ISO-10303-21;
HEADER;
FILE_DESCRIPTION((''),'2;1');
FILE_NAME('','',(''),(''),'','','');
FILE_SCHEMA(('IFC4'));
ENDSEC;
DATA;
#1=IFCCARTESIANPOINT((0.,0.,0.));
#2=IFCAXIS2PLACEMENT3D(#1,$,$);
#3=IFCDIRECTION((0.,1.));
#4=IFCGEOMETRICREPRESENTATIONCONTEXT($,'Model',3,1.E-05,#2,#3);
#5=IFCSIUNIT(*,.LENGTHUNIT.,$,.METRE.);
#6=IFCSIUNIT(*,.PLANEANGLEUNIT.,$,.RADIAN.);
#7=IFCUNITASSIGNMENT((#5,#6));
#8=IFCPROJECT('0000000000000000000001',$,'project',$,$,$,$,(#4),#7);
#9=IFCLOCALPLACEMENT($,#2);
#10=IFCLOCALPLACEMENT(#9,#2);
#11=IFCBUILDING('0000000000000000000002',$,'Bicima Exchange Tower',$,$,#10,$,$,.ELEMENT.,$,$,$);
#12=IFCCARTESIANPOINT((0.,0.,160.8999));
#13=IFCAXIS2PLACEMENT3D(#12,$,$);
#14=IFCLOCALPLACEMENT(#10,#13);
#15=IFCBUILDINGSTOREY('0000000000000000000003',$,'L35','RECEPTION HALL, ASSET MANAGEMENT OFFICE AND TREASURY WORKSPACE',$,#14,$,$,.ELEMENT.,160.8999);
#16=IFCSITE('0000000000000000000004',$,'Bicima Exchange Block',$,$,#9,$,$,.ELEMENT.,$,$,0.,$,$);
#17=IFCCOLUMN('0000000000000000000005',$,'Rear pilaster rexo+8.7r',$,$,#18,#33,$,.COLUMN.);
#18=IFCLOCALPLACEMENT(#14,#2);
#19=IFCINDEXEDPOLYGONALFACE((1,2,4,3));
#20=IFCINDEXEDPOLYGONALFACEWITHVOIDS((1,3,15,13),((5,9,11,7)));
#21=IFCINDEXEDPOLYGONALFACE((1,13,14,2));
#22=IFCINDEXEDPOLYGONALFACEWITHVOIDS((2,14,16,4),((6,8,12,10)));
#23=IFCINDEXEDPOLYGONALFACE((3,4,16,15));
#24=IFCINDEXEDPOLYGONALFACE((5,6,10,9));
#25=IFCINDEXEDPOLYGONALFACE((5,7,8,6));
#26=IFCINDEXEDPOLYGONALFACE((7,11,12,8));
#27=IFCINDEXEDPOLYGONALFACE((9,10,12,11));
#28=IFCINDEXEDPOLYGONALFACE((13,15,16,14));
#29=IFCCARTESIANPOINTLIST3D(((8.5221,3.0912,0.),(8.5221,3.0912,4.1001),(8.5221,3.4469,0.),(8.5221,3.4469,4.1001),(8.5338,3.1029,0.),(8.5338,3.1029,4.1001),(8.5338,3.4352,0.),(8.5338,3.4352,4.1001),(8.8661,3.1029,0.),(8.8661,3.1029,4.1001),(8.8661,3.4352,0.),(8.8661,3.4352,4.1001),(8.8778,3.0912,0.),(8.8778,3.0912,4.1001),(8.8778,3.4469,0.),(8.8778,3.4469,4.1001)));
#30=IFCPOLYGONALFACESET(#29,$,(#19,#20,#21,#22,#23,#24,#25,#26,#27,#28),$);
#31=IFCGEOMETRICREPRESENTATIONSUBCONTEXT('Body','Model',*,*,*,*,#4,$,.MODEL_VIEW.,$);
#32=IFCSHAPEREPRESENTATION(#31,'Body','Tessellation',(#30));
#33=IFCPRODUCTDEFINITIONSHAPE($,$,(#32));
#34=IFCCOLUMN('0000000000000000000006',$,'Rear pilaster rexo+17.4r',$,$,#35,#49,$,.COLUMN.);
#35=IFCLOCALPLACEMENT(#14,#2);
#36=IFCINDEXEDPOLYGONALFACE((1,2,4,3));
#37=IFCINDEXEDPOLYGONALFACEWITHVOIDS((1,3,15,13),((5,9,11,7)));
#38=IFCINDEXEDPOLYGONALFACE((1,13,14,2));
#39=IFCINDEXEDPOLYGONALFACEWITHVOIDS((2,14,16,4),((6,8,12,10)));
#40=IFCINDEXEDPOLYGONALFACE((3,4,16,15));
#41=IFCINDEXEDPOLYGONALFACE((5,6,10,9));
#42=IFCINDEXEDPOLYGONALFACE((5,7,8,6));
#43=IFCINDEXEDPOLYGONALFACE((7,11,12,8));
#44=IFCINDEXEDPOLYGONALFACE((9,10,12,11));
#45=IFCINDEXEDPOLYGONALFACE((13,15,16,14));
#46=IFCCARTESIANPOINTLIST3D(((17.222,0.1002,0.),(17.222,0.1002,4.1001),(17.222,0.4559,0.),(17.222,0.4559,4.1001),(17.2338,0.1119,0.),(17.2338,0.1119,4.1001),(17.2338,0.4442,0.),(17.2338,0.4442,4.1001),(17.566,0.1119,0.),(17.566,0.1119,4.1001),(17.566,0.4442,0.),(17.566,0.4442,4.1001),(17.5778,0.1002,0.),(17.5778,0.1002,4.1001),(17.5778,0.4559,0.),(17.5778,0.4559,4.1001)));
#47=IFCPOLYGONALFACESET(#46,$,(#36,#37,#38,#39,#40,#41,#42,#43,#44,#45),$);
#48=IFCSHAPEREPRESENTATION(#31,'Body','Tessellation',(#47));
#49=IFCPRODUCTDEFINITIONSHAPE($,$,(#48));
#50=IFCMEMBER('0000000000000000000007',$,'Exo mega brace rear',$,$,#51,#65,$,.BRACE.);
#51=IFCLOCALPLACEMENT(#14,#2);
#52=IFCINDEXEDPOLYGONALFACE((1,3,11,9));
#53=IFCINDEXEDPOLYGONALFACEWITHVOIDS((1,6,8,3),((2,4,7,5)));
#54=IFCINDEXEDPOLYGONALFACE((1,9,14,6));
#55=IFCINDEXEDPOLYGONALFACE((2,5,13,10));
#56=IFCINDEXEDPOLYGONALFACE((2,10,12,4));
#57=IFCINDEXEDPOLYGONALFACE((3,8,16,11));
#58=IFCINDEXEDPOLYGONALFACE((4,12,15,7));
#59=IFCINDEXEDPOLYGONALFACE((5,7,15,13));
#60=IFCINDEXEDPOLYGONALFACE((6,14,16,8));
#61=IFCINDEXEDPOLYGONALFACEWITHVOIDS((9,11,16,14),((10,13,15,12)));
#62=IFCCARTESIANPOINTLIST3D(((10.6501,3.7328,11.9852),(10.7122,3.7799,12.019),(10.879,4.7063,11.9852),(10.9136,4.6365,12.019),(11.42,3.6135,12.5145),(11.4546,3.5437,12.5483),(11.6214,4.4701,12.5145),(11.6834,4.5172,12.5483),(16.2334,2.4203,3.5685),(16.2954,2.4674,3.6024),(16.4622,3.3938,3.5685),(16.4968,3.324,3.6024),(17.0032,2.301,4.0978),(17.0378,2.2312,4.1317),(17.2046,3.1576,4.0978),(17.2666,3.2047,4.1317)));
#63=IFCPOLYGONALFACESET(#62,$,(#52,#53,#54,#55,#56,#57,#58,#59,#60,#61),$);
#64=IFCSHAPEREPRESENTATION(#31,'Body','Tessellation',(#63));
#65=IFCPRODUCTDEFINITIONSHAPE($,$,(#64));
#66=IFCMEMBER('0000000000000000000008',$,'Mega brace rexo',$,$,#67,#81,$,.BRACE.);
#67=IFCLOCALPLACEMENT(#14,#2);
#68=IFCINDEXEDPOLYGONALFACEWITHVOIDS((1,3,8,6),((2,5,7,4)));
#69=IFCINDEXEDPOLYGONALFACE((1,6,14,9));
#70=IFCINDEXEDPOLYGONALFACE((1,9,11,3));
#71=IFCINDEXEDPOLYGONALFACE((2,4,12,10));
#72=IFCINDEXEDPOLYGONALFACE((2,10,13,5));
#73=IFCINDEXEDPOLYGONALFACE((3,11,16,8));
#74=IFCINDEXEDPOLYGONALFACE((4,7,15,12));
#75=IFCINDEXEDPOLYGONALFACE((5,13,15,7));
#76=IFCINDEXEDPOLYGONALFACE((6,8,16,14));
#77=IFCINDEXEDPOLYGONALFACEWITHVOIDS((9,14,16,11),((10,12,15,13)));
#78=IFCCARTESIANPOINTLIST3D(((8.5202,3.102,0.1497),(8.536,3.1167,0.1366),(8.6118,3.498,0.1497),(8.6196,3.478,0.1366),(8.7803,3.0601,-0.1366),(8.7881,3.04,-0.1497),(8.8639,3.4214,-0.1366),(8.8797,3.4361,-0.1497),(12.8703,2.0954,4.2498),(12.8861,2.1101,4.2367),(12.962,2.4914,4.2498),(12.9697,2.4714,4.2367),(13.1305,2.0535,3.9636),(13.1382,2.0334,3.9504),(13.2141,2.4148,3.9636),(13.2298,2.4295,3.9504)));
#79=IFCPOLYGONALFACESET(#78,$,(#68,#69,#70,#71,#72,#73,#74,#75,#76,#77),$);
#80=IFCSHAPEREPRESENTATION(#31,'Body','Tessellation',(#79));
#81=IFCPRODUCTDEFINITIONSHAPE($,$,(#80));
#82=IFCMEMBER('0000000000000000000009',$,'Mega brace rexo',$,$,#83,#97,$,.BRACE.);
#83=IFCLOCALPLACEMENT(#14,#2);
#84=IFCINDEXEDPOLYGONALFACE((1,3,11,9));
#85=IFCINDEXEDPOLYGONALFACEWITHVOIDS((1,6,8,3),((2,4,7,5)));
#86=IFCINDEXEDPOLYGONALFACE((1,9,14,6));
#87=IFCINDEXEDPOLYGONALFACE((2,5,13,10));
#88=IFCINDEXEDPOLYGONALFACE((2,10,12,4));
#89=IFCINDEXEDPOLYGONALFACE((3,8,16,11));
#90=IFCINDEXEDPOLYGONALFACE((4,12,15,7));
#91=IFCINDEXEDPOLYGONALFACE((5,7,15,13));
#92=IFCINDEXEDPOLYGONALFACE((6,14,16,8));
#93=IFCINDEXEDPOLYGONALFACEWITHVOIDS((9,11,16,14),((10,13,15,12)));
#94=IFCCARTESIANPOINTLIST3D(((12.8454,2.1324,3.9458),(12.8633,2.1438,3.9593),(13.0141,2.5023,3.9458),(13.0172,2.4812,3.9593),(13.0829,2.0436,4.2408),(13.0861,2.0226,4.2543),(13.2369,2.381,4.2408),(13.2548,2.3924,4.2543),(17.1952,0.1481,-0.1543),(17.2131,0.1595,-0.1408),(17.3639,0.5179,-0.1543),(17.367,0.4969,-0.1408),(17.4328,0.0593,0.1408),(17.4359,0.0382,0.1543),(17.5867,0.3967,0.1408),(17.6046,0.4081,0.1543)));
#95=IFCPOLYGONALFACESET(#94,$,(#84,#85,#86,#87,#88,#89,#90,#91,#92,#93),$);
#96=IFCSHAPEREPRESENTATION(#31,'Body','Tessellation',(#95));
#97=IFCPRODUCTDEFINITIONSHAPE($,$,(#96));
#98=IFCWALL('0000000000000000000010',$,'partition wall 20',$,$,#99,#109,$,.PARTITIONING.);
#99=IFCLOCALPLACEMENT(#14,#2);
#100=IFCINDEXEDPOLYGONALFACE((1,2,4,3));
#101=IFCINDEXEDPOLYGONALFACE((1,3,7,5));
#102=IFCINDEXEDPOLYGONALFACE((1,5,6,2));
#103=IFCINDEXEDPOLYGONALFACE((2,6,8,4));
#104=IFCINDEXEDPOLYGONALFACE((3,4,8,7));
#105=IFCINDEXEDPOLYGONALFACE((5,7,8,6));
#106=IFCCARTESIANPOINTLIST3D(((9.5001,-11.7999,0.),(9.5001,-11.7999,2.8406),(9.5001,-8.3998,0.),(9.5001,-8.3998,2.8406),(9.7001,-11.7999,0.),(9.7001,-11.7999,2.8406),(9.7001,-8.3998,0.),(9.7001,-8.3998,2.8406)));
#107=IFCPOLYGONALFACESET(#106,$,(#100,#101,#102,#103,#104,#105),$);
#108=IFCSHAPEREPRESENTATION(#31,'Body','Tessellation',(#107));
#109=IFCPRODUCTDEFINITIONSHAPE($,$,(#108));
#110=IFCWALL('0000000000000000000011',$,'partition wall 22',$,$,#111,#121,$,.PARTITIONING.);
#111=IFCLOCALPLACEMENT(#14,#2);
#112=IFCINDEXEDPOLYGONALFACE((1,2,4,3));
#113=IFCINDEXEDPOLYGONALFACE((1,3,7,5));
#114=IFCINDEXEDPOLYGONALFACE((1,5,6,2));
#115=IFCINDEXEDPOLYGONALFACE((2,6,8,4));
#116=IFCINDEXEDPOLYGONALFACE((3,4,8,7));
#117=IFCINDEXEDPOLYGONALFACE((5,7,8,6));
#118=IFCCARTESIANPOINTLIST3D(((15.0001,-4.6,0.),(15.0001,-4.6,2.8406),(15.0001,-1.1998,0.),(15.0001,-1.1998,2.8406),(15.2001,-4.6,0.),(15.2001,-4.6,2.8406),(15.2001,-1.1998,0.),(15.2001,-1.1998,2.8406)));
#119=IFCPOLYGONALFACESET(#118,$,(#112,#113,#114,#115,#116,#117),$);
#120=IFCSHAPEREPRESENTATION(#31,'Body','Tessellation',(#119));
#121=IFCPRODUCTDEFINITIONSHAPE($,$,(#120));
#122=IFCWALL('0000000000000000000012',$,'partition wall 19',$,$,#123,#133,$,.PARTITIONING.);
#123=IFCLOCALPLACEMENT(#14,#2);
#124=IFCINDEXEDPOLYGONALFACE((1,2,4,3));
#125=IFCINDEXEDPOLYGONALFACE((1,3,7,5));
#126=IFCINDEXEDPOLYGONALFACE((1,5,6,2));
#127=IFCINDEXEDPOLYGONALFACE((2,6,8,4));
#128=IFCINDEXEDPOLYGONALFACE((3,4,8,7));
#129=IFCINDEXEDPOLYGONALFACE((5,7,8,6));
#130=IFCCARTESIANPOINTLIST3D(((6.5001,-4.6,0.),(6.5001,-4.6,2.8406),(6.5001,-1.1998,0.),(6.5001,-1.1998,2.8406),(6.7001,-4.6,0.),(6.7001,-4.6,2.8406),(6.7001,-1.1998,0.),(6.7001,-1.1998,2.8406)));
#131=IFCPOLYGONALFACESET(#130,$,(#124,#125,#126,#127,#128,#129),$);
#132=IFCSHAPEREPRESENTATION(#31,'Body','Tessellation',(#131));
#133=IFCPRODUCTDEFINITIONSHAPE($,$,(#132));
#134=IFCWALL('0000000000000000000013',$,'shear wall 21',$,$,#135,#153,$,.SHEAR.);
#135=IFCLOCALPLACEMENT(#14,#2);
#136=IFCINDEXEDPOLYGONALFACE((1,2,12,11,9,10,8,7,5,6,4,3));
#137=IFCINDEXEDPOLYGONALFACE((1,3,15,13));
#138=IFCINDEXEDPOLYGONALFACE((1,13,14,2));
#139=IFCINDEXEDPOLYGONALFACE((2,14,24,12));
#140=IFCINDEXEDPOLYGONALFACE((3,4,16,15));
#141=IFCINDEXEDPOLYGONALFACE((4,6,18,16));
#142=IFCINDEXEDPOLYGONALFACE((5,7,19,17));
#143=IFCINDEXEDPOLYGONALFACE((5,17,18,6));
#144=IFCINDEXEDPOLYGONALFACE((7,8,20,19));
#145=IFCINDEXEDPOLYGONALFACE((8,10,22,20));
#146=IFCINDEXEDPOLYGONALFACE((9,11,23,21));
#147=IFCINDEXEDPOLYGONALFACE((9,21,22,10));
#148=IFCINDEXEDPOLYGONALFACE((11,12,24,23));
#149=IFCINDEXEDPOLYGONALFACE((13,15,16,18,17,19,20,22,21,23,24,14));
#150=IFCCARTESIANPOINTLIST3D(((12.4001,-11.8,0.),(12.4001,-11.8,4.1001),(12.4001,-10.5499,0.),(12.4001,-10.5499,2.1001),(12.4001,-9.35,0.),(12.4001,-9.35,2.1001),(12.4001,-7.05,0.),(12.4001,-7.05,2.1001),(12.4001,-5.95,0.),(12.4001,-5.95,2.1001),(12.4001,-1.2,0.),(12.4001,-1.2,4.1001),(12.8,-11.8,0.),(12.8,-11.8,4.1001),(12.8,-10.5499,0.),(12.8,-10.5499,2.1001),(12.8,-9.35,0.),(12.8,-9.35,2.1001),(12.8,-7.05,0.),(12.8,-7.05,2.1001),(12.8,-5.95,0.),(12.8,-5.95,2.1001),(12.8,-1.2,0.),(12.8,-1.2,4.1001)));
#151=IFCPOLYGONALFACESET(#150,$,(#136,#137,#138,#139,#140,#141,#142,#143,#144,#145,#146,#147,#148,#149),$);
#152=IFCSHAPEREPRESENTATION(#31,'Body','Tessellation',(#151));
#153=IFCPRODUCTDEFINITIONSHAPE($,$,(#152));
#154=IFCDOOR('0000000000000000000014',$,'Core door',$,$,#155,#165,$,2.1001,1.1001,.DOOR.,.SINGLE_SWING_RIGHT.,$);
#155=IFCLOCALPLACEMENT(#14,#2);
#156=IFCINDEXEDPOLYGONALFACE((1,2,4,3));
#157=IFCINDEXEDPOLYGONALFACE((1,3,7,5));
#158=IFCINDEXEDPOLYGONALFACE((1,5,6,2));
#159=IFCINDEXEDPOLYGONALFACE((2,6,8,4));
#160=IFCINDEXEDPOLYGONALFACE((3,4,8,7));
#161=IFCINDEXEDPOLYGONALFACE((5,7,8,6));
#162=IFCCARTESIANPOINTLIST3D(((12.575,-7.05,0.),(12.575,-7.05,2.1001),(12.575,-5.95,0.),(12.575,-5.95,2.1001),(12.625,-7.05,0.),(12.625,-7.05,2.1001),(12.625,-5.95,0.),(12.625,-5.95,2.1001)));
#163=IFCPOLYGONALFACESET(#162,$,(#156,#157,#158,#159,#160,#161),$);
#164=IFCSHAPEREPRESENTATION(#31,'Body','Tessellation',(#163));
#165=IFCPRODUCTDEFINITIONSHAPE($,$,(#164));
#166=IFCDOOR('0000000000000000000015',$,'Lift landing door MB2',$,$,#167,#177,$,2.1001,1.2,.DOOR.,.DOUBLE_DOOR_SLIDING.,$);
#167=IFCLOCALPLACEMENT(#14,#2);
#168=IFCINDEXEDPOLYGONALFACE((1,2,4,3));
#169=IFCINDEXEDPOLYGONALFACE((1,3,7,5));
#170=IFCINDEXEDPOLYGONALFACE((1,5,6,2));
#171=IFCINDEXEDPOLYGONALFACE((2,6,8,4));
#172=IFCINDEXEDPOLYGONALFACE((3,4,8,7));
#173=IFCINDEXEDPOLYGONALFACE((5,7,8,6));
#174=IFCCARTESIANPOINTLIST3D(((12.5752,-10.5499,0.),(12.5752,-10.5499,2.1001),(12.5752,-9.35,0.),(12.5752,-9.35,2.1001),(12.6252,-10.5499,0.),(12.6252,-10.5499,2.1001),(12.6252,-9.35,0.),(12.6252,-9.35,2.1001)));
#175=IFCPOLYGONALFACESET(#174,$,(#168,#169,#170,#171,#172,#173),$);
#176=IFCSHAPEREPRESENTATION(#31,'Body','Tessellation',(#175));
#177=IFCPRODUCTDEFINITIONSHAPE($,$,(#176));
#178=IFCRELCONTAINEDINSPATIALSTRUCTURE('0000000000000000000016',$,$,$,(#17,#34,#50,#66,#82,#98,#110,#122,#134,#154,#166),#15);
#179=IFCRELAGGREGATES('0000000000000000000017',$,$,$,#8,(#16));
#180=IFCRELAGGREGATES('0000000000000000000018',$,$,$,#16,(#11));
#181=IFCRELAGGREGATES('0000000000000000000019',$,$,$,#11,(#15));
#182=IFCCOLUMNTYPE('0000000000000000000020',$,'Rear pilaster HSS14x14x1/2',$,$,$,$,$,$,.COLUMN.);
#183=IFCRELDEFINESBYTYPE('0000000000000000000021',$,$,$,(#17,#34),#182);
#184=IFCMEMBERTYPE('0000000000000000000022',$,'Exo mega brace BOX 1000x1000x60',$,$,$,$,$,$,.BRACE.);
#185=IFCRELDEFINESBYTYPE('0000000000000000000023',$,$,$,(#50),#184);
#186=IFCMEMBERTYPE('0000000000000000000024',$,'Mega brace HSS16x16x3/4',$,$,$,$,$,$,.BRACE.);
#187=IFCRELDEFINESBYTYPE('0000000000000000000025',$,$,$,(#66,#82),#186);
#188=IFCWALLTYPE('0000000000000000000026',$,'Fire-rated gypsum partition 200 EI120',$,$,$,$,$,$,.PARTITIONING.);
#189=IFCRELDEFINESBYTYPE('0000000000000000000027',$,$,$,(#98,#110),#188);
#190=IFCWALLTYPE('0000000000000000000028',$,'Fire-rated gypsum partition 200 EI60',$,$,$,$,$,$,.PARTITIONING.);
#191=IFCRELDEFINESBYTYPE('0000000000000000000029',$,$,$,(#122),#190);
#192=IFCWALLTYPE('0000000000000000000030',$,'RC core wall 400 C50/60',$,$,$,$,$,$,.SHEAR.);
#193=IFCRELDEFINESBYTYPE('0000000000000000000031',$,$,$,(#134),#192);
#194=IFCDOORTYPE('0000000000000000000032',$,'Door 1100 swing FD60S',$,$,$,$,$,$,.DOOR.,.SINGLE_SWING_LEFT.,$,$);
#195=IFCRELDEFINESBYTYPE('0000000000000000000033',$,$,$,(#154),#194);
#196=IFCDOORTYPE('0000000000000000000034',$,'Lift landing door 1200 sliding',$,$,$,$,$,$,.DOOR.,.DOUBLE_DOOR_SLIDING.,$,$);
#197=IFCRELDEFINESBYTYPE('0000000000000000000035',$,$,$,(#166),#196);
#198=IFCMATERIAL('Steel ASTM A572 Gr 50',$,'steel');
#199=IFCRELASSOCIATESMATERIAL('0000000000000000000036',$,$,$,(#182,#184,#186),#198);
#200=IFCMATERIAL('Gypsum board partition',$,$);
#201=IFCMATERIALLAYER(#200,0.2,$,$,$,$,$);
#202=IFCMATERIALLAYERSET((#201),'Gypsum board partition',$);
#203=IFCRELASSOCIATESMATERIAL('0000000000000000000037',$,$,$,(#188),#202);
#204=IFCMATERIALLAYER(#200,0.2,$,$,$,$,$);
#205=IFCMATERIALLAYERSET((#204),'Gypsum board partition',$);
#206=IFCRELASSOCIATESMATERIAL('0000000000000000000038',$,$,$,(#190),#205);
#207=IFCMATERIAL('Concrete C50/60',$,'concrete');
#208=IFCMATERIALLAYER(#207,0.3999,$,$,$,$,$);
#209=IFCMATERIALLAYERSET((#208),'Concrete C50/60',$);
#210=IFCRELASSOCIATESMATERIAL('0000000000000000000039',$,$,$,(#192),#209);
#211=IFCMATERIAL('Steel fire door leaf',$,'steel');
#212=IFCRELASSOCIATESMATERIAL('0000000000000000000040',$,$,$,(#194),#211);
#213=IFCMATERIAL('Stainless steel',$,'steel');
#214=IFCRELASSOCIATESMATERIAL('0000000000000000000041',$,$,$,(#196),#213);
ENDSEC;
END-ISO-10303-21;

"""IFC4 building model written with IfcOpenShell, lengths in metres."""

from ifc_helpers import new_model, si_unit, direction, frame, frame_2d, origin, origin_2d, place, context, subcontext, project, spatial, rectangle, hollow_rectangle, extrude, material, layer, layer_set, material_profile, profile_set, type_object, element, fill, save


model = new_model("IFC4")

# Units and contexts
model_context = context("Model", 3, precision=1e-05, world=origin(), true_north=direction((0.0, 1.0)))
body_context = subcontext(model_context, "Body", "Model", "MODEL_VIEW")
ifc_project = project(units=[si_unit("LENGTHUNIT", "METRE"), si_unit("PLANEANGLEUNIT", "RADIAN")], contexts=[model_context])

# Site, building, storey
site_placement = place(None, origin())
site = spatial("IfcSite", under=ifc_project, at=site_placement, Name="Bicima Exchange Block", CompositionType="ELEMENT", RefElevation=0.0)
building_placement = place(site_placement, origin())
building = spatial("IfcBuilding", under=site, at=building_placement, Name="Bicima Exchange Tower", CompositionType="ELEMENT")
storey_placement = place(building_placement, frame((0.0, 0.0, 160.8999)))
storey = spatial("IfcBuildingStorey", under=building, at=storey_placement, Name="L35", Description="RECEPTION HALL, ASSET MANAGEMENT OFFICE AND TREASURY WORKSPACE", CompositionType="ELEMENT", Elevation=160.8999)

# Columns
ifc_material_1 = material(Name="Steel ASTM A572 Gr 50", Category="steel")
ifc_material_profile_1 = material_profile(ifc_material_1, hollow_rectangle(XDim=0.3557, YDim=0.3557, WallThickness=0.0117, at=origin_2d()))
ifc_profile_set_1 = profile_set([ifc_material_profile_1], Name="Steel ASTM A572 Gr 50")
column_type = type_object("IfcColumnType", Name="Rear pilaster HSS14x14x1/2", PredefinedType="COLUMN", material=ifc_profile_set_1)
for number, where, z_axis, x_axis, name in (
    (1, (8.7, 3.269, 0.0), (0.0, 0.0, 1.0), (1.0, 0.0, 0.0), "Rear pilaster rexo+8.7r"),
    (2, (17.3999, 0.2781, 0.0), (0.0, 0.0, 1.0), (1.0, 0.0, 0.0), "Rear pilaster rexo+17.4r"),
):
    element("IfcColumn", number, at=place(storey_placement, frame(where, z_axis=z_axis, x_axis=x_axis)), inside=storey, type_object=column_type, Name=name, PredefinedType="COLUMN", context=body_context, shape_type="SweptSolid", body=[
        extrude(hollow_rectangle(XDim=0.3557, YDim=0.3557, WallThickness=0.0117, at=origin_2d()), origin(), (0.0, 0.0, 1.0), 4.1001),
    ])

# Members
ifc_material_profile_2 = material_profile(ifc_material_1, hollow_rectangle(XDim=1.0, YDim=1.0, WallThickness=0.0601, at=origin_2d()))
ifc_profile_set_2 = profile_set([ifc_material_profile_2], Name="Steel ASTM A572 Gr 50")
member_type_1 = type_object("IfcMemberType", Name="Exo mega brace BOX 1000x1000x60", PredefinedType="BRACE", material=ifc_profile_set_2)
member_1_placement = place(storey_placement, frame((16.75, 2.8125, 3.8501), z_axis=(-0.548176, 0.128864, 0.826376), x_axis=(-0.22884, -0.973464, 0.0)))
element("IfcMember", 3, at=member_1_placement, inside=storey, type_object=member_type_1, Name="Exo mega brace rear", PredefinedType="BRACE", context=body_context, shape_type="SweptSolid", body=[
    extrude(hollow_rectangle(XDim=1.0, YDim=1.0, WallThickness=0.0601, at=origin_2d()), origin(), (0.0, 0.0, 1.0), 10.1851),
])
ifc_material_profile_3 = material_profile(ifc_material_1, hollow_rectangle(XDim=0.4065, YDim=0.4065, WallThickness=0.0178, at=origin_2d()))
ifc_profile_set_3 = profile_set([ifc_material_profile_3], Name="Steel ASTM A572 Gr 50")
member_type_2 = type_object("IfcMemberType", Name="Mega brace HSS16x16x3/4", PredefinedType="BRACE", material=ifc_profile_set_3)
member_2_placement = place(storey_placement, frame((8.7, 3.269, 0.0), z_axis=(0.717606, -0.166051, 0.676365), x_axis=(0.225439, 0.974257, 0.0)))
element("IfcMember", 4, at=member_2_placement, inside=storey, type_object=member_type_2, Name="Mega brace rexo", PredefinedType="BRACE", context=body_context, shape_type="SweptSolid", body=[
    extrude(hollow_rectangle(XDim=0.4065, YDim=0.4065, WallThickness=0.0178, at=origin_2d()), origin(), (0.0, 0.0, 1.0), 6.062),
])
member_3_placement = place(storey_placement, frame((17.3999, 0.2781, 0.0), z_axis=(-0.690629, 0.31506, 0.650975), x_axis=(-0.415045, -0.909801, 0.0)))
element("IfcMember", 5, at=member_3_placement, inside=storey, type_object=member_type_2, Name="Mega brace rexo", PredefinedType="BRACE", context=body_context, shape_type="SweptSolid", body=[
    extrude(hollow_rectangle(XDim=0.4065, YDim=0.4065, WallThickness=0.0178, at=origin_2d()), origin(), (0.0, 0.0, 1.0), 6.2983),
])

# Walls
ifc_material_2 = material(Name="Gypsum board partition")
ifc_layer_1 = layer(ifc_material_2, 0.2)
ifc_layer_set_1 = layer_set([ifc_layer_1], Name="Gypsum board partition")
wall_type_1 = type_object("IfcWallType", Name="Fire-rated gypsum partition 200 EI120", PredefinedType="PARTITIONING", material=ifc_layer_set_1)
for number, where, z_axis, x_axis, name in (
    (6, (9.6001, -11.8, 0.0), (0.0, 0.0, 1.0), (0.0, 1.0, 0.0), "partition wall 20"),
    (7, (15.1001, -4.6001, 0.0), (0.0, 0.0, 1.0), (0.0, 1.0, 0.0), "partition wall 22"),
):
    element("IfcWall", number, at=place(storey_placement, frame(where, z_axis=z_axis, x_axis=x_axis)), inside=storey, type_object=wall_type_1, Name=name, PredefinedType="PARTITIONING", context=body_context, shape_type="SweptSolid", body=[
        extrude(rectangle(XDim=3.4001, YDim=0.2, at=frame_2d((1.7002, 0.0))), origin(), (0.0, 0.0, 1.0), 2.8406),
    ])
ifc_layer_2 = layer(ifc_material_2, 0.2)
ifc_layer_set_2 = layer_set([ifc_layer_2], Name="Gypsum board partition")
wall_type_2 = type_object("IfcWallType", Name="Fire-rated gypsum partition 200 EI60", PredefinedType="PARTITIONING", material=ifc_layer_set_2)
wall_1_placement = place(storey_placement, frame((6.6001, -4.6001, 0.0), z_axis=(0.0, 0.0, 1.0), x_axis=(0.0, 1.0, 0.0)))
element("IfcWall", 8, at=wall_1_placement, inside=storey, type_object=wall_type_2, Name="partition wall 19", PredefinedType="PARTITIONING", context=body_context, shape_type="SweptSolid", body=[
    extrude(rectangle(XDim=3.4001, YDim=0.2, at=frame_2d((1.7002, 0.0))), origin(), (0.0, 0.0, 1.0), 2.8406),
])

# Wall, openings, doors
ifc_material_3 = material(Name="Concrete C50/60", Category="concrete")
ifc_layer_3 = layer(ifc_material_3, 0.3999)
ifc_layer_set_3 = layer_set([ifc_layer_3], Name="Concrete C50/60")
wall_type_3 = type_object("IfcWallType", Name="RC core wall 400 C50/60", PredefinedType="SHEAR", material=ifc_layer_set_3)
wall_2_placement = place(storey_placement, frame((12.6001, -11.8, 0.0), z_axis=(0.0, 0.0, 1.0), x_axis=(0.0, 1.0, 0.0)))
wall_2 = element("IfcWall", 9, at=wall_2_placement, inside=storey, type_object=wall_type_3, Name="shear wall 21", PredefinedType="SHEAR", context=body_context, shape_type="SweptSolid", body=[
    extrude(rectangle(XDim=10.6001, YDim=0.3999, at=frame_2d((5.3, 0.0))), origin(), (0.0, 0.0, 1.0), 4.1001),
])
opening_1_placement = place(wall_2_placement, frame((1.25, 0.0, 0.0)))
opening_1 = element("IfcOpeningElement", 10, at=opening_1_placement, cuts=wall_2, PredefinedType="OPENING", context=body_context, shape_type="SweptSolid", body=[
    extrude(rectangle(XDim=1.2, YDim=2.1001, at=frame_2d((0.6001, 1.05))), frame((0.0, 0.2119, 0.0), z_axis=(0.0, -1.0, 0.0), x_axis=(1.0, 0.0, 0.0)), (0.0, 0.0, 1.0), 0.4238),
])
opening_2_placement = place(wall_2_placement, frame((4.75, 0.0, 0.0)))
opening_2 = element("IfcOpeningElement", 11, at=opening_2_placement, cuts=wall_2, PredefinedType="OPENING", context=body_context, shape_type="SweptSolid", body=[
    extrude(rectangle(XDim=1.1001, YDim=2.1001, at=frame_2d((0.55, 1.05))), frame((0.0, 0.2119, 0.0), z_axis=(0.0, -1.0, 0.0), x_axis=(1.0, 0.0, 0.0)), (0.0, 0.0, 1.0), 0.4238),
])
ifc_material_4 = material(Name="Steel fire door leaf", Category="steel")
door_type_1 = type_object("IfcDoorType", Name="Door 1100 swing FD60S", OperationType="SINGLE_SWING_LEFT", PredefinedType="DOOR", material=ifc_material_4)
door_1_placement = place(opening_2_placement, frame((1.1001, 0.0, 0.0), z_axis=(0.0, 0.0, 1.0), x_axis=(-1.0, 0.0, 0.0)))
door_1 = element("IfcDoor", 12, at=door_1_placement, inside=storey, type_object=door_type_1, Name="Core door", OperationType="SINGLE_SWING_RIGHT", OverallHeight=2.1001, OverallWidth=1.1001, PredefinedType="DOOR", context=body_context, shape_type="SweptSolid", body=[
    extrude(rectangle(XDim=1.1001, YDim=2.1001, at=frame_2d((0.55, 1.05))), frame((0.0, 0.0249, 0.0), z_axis=(0.0, -1.0, 0.0), x_axis=(1.0, 0.0, 0.0)), (0.0, 0.0, 1.0), 0.05),
])
fill(opening_2, door_1)
ifc_material_5 = material(Name="Stainless steel", Category="steel")
door_type_2 = type_object("IfcDoorType", Name="Lift landing door 1200 sliding", OperationType="DOUBLE_DOOR_SLIDING", PredefinedType="DOOR", material=ifc_material_5)
door_2_placement = place(opening_1_placement, origin())
door_2 = element("IfcDoor", 13, at=door_2_placement, inside=storey, type_object=door_type_2, Name="Lift landing door MB2", OperationType="DOUBLE_DOOR_SLIDING", OverallHeight=2.1001, OverallWidth=1.2, PredefinedType="DOOR", context=body_context, shape_type="SweptSolid", body=[
    extrude(rectangle(XDim=1.2, YDim=2.1001, at=frame_2d((0.6001, 1.05))), frame((0.0, 0.0249, 0.0), z_axis=(0.0, -1.0, 0.0), x_axis=(1.0, 0.0, 0.0)), (0.0, 0.0, 1.0), 0.05),
])
fill(opening_1, door_2)

save(model, "model.ifc")
